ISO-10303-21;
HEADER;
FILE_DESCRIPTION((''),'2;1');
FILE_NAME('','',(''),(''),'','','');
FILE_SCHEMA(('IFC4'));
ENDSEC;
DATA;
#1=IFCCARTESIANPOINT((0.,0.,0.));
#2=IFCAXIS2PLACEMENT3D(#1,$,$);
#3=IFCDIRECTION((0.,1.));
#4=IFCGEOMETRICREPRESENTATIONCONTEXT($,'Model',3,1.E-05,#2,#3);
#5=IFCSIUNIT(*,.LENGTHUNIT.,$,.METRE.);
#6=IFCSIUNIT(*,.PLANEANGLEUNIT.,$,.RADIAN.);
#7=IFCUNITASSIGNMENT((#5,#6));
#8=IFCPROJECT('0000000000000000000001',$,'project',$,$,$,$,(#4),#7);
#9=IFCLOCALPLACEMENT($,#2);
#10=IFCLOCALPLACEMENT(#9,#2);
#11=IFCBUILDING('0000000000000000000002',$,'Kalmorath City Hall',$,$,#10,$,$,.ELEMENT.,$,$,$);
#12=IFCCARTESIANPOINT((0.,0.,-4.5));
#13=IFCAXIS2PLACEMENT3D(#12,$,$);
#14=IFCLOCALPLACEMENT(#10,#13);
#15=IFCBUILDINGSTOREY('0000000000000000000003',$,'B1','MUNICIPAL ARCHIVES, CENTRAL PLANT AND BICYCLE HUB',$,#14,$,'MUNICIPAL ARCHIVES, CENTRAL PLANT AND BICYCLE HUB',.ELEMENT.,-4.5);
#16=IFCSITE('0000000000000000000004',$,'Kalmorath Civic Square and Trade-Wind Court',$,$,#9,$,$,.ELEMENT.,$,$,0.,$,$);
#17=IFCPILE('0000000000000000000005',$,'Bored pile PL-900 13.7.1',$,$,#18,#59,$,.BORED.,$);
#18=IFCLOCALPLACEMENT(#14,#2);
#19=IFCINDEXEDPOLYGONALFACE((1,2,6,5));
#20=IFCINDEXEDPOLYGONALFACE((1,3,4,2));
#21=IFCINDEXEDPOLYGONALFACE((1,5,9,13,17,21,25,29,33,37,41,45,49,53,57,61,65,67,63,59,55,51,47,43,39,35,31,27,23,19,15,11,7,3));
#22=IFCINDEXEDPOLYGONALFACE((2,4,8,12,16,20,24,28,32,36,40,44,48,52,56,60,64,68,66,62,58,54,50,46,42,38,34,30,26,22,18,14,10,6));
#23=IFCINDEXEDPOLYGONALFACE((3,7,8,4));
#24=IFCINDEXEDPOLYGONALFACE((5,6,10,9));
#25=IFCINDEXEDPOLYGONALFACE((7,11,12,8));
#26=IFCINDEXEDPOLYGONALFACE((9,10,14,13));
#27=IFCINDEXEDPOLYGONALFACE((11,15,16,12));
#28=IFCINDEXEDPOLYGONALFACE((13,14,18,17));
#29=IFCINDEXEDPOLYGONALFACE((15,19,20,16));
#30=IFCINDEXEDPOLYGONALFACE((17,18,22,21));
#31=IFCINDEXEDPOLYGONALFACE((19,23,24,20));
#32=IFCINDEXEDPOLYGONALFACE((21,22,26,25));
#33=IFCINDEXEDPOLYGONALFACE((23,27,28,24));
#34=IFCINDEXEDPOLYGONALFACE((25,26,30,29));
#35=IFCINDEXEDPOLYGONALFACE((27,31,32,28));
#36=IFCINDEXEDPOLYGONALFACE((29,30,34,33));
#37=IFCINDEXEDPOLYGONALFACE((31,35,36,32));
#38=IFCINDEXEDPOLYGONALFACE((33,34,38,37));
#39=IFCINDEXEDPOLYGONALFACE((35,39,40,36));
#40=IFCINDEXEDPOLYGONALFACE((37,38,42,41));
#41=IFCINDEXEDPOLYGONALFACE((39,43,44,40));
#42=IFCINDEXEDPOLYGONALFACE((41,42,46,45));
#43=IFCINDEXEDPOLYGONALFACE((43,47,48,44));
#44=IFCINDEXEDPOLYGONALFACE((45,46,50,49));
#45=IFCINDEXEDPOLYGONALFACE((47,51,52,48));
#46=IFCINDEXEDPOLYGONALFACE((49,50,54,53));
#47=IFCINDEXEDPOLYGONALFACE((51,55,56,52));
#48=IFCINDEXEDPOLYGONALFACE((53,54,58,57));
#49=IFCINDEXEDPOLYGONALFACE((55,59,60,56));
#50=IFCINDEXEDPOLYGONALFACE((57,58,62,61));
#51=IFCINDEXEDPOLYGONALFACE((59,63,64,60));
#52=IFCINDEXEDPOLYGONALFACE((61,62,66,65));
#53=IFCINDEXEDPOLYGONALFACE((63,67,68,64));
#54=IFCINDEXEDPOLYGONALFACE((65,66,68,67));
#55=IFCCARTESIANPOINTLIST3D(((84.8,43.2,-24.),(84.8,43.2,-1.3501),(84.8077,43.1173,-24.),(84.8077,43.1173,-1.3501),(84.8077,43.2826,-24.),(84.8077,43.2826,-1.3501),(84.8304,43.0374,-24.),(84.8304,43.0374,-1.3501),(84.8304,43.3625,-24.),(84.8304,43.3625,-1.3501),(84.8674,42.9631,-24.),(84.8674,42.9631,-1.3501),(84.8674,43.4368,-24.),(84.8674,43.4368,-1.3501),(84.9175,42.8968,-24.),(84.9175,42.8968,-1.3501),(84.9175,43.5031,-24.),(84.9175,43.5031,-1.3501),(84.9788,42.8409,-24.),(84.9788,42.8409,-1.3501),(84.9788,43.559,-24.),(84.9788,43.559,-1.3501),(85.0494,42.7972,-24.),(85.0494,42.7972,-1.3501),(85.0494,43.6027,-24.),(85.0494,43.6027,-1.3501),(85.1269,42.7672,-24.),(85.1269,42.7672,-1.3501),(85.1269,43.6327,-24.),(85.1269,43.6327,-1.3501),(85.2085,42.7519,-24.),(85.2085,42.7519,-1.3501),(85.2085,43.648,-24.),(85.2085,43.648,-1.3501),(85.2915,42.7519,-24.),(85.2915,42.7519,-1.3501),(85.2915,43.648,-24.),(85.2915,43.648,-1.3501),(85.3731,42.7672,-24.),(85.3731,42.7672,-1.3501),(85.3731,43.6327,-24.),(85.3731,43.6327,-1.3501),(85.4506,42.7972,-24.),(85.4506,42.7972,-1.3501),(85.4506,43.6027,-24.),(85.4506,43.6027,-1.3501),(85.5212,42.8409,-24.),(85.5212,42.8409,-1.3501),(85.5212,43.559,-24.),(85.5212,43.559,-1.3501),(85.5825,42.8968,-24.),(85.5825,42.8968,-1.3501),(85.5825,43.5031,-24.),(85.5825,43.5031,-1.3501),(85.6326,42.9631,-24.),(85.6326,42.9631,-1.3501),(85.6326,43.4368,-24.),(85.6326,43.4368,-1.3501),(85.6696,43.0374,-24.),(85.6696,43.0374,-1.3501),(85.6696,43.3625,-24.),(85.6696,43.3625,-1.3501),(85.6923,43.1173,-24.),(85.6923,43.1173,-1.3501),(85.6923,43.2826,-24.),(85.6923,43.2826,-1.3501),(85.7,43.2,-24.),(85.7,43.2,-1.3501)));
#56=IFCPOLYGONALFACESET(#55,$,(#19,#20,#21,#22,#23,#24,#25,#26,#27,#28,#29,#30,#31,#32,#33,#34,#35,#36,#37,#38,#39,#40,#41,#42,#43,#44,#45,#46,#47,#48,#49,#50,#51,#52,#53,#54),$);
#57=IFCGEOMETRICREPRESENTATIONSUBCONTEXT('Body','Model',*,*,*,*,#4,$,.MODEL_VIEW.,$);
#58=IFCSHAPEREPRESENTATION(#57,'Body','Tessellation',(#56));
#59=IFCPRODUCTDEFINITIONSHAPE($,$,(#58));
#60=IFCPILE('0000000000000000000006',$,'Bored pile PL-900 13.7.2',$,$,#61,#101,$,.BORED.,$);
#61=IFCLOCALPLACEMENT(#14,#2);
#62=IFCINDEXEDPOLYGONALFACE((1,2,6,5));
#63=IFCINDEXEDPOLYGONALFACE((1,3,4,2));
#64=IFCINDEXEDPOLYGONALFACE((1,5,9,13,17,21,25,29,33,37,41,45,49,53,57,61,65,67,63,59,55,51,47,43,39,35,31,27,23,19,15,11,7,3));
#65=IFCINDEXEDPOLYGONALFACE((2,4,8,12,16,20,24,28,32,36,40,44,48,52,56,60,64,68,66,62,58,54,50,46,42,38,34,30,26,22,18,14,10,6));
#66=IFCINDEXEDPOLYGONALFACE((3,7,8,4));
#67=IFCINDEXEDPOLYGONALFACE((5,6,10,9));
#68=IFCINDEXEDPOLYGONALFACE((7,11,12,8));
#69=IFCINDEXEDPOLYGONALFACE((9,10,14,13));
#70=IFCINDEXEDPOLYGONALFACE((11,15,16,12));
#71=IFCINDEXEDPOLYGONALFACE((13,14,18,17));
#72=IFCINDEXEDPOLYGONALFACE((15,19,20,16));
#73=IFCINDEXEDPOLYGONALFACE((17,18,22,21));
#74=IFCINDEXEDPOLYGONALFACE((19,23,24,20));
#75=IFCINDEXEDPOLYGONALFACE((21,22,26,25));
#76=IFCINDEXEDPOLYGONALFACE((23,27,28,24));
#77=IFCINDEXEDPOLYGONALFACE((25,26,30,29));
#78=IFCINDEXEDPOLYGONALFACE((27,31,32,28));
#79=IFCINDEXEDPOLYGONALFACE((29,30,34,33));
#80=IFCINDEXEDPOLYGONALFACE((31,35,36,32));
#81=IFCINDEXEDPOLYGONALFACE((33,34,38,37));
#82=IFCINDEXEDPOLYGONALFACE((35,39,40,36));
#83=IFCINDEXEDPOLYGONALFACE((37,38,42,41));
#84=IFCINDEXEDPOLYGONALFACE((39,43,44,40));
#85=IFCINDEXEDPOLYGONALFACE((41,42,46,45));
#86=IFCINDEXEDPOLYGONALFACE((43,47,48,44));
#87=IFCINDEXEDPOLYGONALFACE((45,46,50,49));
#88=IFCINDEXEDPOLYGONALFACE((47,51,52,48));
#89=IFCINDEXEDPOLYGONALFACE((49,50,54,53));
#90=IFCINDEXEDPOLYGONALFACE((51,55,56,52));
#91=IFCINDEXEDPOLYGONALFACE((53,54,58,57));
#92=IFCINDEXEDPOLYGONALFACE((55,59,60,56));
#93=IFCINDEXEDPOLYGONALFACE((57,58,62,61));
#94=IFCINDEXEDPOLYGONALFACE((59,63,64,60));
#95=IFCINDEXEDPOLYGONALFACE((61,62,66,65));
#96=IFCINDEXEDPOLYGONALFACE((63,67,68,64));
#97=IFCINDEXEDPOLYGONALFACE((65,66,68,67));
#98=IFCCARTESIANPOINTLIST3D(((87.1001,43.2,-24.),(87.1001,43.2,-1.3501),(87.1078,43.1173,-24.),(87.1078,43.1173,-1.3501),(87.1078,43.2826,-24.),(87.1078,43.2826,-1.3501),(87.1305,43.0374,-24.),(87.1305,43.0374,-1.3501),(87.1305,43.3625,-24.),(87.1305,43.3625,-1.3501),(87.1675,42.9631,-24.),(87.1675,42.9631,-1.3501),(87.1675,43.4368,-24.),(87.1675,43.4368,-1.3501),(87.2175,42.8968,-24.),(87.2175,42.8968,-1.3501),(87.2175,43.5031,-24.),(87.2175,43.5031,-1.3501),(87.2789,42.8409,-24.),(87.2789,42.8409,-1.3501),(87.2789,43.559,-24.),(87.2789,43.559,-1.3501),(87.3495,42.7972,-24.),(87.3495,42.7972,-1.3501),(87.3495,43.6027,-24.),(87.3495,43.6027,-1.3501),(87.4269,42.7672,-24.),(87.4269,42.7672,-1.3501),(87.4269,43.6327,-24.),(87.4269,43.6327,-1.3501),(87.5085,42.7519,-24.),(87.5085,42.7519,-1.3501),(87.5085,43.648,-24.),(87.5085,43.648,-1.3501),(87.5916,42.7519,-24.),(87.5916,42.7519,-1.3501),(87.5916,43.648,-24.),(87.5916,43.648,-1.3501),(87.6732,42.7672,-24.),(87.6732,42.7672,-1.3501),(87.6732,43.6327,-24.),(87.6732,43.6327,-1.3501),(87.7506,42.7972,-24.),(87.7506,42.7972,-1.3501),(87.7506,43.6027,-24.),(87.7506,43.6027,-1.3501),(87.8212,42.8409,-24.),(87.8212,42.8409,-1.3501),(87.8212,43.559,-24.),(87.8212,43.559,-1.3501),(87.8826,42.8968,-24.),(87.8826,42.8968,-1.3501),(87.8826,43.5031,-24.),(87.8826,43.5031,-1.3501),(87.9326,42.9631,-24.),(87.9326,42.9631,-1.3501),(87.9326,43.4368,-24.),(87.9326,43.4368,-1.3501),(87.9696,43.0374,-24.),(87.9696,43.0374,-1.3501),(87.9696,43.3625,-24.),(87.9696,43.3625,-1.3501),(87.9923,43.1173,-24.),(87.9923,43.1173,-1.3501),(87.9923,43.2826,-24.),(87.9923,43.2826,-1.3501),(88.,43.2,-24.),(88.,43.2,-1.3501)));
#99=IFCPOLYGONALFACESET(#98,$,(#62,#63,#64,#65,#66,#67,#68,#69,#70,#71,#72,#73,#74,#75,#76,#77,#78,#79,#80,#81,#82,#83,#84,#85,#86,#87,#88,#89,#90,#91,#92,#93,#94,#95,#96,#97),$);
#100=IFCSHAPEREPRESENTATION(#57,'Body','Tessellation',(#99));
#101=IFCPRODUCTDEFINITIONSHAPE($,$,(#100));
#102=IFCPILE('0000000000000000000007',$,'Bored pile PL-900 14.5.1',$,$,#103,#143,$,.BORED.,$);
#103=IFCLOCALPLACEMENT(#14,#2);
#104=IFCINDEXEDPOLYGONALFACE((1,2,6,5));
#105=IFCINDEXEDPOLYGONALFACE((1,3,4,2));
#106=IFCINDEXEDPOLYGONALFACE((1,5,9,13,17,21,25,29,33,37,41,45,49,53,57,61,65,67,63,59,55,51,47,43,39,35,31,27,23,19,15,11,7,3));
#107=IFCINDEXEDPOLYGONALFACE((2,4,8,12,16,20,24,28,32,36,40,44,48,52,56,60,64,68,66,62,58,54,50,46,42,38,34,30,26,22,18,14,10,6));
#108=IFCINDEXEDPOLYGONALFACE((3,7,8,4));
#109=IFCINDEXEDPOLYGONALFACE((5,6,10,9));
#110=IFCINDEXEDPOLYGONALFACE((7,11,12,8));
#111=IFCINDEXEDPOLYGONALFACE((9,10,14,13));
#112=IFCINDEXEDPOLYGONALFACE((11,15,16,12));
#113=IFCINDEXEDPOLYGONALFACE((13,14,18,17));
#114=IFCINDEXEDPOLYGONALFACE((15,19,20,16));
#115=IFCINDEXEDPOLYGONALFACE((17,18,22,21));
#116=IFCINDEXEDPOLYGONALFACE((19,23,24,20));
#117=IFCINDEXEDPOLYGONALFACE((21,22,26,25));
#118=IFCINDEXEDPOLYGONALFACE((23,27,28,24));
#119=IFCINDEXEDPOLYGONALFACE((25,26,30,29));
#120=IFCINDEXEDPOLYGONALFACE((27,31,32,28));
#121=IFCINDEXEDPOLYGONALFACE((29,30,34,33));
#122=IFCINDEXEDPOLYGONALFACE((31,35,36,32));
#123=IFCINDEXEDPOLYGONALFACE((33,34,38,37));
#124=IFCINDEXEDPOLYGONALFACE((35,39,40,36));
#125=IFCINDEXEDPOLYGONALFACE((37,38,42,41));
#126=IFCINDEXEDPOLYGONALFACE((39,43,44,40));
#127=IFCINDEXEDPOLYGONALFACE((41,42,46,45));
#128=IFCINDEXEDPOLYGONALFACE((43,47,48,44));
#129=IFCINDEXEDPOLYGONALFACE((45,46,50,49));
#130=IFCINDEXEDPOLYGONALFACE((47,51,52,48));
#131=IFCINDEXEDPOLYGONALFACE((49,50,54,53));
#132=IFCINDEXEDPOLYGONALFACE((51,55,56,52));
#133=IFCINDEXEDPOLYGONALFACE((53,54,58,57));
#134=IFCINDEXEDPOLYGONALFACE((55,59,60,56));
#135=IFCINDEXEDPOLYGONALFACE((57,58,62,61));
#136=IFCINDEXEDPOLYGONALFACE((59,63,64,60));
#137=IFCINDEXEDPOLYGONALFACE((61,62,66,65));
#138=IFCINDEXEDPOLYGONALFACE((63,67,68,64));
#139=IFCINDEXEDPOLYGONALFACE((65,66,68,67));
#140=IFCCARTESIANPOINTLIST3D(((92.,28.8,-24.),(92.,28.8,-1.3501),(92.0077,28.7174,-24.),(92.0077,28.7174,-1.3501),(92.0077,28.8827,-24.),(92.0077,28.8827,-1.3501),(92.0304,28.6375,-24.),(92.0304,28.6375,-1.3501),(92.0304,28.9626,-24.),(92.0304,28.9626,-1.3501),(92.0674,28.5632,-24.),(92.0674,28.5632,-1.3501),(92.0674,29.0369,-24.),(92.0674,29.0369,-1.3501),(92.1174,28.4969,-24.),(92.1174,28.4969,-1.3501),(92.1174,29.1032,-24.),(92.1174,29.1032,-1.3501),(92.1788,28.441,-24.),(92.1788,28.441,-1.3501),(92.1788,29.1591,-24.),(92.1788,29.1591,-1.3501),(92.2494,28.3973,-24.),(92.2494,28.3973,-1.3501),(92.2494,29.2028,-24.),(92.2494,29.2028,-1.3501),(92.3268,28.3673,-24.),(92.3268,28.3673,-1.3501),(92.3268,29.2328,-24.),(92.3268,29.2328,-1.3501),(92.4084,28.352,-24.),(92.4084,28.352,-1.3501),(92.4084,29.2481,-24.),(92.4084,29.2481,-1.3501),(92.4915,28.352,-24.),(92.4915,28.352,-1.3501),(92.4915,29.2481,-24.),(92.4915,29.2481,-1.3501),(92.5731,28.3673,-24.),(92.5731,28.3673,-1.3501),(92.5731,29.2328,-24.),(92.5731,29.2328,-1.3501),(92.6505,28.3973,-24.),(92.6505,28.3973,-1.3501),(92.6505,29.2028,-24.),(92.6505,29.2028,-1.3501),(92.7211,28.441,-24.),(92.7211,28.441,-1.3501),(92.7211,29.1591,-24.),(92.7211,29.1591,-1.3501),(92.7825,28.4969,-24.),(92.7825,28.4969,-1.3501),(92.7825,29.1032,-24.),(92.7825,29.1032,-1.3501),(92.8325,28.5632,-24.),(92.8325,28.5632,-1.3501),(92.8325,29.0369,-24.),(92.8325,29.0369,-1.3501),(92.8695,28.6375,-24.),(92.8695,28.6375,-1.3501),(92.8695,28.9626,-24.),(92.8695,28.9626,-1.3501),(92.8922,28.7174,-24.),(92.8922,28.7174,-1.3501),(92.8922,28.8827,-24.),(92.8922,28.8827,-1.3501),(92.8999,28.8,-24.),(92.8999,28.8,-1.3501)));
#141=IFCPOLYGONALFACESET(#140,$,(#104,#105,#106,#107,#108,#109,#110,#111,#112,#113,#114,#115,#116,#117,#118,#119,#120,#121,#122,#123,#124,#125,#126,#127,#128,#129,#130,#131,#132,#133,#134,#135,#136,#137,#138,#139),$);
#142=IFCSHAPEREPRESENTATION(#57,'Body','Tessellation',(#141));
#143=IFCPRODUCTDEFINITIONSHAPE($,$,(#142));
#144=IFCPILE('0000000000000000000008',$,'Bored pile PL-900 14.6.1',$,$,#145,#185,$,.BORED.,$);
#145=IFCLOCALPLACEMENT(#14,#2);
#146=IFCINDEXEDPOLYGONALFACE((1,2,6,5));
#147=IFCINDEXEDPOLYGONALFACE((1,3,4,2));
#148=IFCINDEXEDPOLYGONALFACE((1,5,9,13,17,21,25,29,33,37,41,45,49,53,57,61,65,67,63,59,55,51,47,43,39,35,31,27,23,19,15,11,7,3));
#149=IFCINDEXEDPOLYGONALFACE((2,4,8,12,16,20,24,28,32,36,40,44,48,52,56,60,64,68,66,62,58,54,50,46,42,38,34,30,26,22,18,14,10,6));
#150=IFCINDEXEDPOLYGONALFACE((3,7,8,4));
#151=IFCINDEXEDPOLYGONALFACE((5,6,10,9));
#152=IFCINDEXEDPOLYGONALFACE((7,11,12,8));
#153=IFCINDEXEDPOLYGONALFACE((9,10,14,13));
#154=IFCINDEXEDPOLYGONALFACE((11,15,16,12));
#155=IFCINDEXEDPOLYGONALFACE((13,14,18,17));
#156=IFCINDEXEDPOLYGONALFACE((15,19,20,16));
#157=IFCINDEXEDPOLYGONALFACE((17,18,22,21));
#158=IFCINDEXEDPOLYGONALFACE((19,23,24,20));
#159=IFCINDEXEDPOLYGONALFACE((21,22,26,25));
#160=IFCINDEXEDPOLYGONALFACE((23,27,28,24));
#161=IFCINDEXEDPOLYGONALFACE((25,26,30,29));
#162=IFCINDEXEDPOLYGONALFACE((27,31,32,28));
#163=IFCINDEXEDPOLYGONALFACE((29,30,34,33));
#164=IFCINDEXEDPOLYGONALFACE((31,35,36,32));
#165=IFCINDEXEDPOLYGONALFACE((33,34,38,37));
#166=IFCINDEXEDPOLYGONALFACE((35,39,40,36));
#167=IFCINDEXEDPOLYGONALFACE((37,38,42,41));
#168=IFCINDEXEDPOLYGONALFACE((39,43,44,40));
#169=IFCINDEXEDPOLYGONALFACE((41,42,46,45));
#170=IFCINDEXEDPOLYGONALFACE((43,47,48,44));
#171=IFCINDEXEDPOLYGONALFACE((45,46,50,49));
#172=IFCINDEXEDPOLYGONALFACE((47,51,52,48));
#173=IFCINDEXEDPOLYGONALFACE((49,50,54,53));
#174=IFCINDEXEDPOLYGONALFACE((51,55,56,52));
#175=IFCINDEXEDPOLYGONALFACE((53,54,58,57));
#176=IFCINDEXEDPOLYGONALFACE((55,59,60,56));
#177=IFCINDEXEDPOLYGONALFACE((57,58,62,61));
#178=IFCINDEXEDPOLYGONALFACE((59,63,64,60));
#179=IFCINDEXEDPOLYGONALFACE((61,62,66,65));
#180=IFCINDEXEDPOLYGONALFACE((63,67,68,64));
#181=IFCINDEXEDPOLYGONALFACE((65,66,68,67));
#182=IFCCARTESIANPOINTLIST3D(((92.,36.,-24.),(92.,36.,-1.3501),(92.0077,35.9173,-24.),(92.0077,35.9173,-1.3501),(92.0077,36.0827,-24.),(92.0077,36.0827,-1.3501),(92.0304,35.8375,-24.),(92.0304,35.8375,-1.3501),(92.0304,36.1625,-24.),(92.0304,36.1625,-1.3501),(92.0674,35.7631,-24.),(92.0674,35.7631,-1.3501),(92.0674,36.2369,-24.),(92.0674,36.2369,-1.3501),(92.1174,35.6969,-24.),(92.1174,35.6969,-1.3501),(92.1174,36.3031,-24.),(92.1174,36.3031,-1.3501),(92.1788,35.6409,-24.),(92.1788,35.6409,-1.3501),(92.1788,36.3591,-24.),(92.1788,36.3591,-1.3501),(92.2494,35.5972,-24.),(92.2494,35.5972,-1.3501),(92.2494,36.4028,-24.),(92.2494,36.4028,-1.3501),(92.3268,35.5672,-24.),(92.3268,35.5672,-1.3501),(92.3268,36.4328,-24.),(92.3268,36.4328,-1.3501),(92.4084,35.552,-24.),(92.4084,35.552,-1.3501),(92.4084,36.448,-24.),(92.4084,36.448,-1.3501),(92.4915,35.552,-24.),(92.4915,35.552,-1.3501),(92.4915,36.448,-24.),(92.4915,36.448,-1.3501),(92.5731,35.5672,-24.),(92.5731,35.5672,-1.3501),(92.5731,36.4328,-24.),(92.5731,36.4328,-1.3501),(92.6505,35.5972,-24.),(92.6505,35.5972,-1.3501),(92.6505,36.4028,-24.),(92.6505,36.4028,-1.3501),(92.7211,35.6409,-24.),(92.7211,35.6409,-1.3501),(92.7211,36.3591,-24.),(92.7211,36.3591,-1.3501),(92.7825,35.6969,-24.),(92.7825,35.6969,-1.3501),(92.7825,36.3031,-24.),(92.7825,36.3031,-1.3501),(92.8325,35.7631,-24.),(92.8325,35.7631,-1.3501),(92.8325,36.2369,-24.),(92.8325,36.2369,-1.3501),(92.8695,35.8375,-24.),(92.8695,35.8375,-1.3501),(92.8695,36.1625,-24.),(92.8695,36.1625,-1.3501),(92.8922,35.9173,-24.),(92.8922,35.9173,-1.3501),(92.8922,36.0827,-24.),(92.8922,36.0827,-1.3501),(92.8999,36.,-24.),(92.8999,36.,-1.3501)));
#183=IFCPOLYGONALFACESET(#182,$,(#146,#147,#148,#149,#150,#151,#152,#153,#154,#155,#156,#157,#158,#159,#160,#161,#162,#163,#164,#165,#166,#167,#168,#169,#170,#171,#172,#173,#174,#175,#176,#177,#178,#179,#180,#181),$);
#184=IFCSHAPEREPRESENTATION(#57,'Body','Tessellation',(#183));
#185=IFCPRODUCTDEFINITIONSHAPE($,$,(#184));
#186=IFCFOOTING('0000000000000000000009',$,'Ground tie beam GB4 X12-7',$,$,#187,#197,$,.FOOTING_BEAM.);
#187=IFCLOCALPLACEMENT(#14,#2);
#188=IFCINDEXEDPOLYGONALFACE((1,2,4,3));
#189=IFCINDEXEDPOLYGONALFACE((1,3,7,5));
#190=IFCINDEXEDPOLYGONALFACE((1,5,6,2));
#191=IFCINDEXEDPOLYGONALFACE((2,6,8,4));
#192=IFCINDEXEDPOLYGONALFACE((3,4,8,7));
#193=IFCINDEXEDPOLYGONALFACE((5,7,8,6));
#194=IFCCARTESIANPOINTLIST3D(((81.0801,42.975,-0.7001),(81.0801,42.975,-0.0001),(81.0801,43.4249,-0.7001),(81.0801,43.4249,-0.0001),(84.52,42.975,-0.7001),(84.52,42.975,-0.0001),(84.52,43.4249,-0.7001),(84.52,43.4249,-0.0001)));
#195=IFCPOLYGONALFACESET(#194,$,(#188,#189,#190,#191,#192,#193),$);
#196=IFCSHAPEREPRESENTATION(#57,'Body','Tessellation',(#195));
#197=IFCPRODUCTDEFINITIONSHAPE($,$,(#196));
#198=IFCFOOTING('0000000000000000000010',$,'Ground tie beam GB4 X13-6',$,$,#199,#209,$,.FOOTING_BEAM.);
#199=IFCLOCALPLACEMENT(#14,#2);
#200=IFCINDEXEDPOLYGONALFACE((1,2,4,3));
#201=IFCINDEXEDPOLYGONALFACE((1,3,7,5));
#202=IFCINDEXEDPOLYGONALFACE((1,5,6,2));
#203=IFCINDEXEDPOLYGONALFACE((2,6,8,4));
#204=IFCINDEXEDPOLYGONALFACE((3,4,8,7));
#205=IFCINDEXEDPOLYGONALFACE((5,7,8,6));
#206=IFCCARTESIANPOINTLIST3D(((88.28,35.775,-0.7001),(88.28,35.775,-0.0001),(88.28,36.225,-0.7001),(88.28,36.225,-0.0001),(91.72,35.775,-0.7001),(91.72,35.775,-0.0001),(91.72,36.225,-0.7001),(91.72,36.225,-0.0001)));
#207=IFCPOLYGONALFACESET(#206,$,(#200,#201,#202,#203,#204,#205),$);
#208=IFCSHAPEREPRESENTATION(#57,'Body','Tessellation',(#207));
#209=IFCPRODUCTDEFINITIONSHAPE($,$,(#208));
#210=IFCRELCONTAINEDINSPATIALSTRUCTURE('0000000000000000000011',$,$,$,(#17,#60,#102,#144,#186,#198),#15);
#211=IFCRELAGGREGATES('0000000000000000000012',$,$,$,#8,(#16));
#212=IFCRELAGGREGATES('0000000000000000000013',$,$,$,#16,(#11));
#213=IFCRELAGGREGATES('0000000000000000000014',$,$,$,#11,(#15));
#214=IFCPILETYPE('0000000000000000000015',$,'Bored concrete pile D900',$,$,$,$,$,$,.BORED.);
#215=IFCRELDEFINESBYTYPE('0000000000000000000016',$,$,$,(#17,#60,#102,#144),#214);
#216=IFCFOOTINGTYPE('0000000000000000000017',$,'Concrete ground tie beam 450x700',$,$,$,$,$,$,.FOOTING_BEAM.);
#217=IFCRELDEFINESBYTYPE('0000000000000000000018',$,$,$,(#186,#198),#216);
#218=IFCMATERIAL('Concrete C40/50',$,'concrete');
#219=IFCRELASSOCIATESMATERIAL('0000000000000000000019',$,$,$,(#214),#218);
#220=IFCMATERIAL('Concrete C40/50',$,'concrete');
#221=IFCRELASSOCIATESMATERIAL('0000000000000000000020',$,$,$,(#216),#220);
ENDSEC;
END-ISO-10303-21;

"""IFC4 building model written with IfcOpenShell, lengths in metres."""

from ifc_helpers import new_model, si_unit, direction, frame, origin, origin_2d, place, context, subcontext, project, spatial, rectangle, circle, extrude, material, material_profile, profile_set, type_object, element, save


model = new_model("IFC4")

# Units and contexts
model_context = context("Model", 3, precision=1e-05, world=origin(), true_north=direction((0.0, 1.0)))
body_context = subcontext(model_context, "Body", "Model", "MODEL_VIEW")
ifc_project = project(units=[si_unit("LENGTHUNIT", "METRE"), si_unit("PLANEANGLEUNIT", "RADIAN")], contexts=[model_context])

# Site, building, storey
site_placement = place(None, origin())
site = spatial("IfcSite", under=ifc_project, at=site_placement, Name="Kalmorath Civic Square and Trade-Wind Court", CompositionType="ELEMENT", RefElevation=0.0)
building_placement = place(site_placement, origin())
building = spatial("IfcBuilding", under=site, at=building_placement, Name="Kalmorath City Hall", CompositionType="ELEMENT")
storey_placement = place(building_placement, frame((0.0, 0.0, -4.5)))
storey = spatial("IfcBuildingStorey", under=building, at=storey_placement, Name="B1", Description="MUNICIPAL ARCHIVES, CENTRAL PLANT AND BICYCLE HUB", LongName="MUNICIPAL ARCHIVES, CENTRAL PLANT AND BICYCLE HUB", CompositionType="ELEMENT", Elevation=-4.5)

# Piles
ifc_material_1 = material(Name="Concrete C40/50", Category="concrete")
ifc_material_profile_1 = material_profile(ifc_material_1, circle(Radius=0.45, at=origin_2d()), Name="PILE-D900")
ifc_profile_set_1 = profile_set([ifc_material_profile_1], Name="Concrete C40/50")
pile_type = type_object("IfcPileType", Name="Bored concrete pile D900", PredefinedType="BORED", material=ifc_profile_set_1)
for number, where, z_axis, x_axis, name in (
    (1, (85.25, 43.2, -1.3501), (0.0, 0.0, -1.0), (1.0, 0.0, 0.0), "Bored pile PL-900 13.7.1"),
    (2, (87.55, 43.2, -1.3501), (0.0, 0.0, -1.0), (1.0, 0.0, 0.0), "Bored pile PL-900 13.7.2"),
    (3, (92.45, 28.8, -1.3501), (0.0, 0.0, -1.0), (1.0, 0.0, 0.0), "Bored pile PL-900 14.5.1"),
    (4, (92.45, 36.0, -1.3501), (0.0, 0.0, -1.0), (1.0, 0.0, 0.0), "Bored pile PL-900 14.6.1"),
):
    element("IfcPile", number, at=place(storey_placement, frame(where, z_axis=z_axis, x_axis=x_axis)), inside=storey, type_object=pile_type, Name=name, PredefinedType="BORED", context=body_context, shape_type="SweptSolid", body=[
        extrude(circle(Radius=0.45, at=origin_2d()), origin(), (0.0, 0.0, 1.0), 22.6499),
    ])

# Footings
ifc_material_2 = material(Name="Concrete C40/50", Category="concrete")
ifc_material_profile_2 = material_profile(ifc_material_2, rectangle(XDim=0.45, YDim=0.7, at=origin_2d()), Name="RC-BM-450X700")
ifc_profile_set_2 = profile_set([ifc_material_profile_2], Name="Concrete C40/50")
footing_type_1 = type_object("IfcFootingType", Name="Concrete ground tie beam 450x700", PredefinedType="FOOTING_BEAM", material=ifc_profile_set_2)
for number, where, z_axis, x_axis, name in (
    (5, (81.0801, 43.2, -0.3501), (1.0, 0.0, 0.0), (0.0, 1.0, 0.0), "Ground tie beam GB4 X12-7"),
    (6, (88.28, 36.0, -0.3501), (1.0, 0.0, 0.0), (0.0, 1.0, 0.0), "Ground tie beam GB4 X13-6"),
):
    element("IfcFooting", number, at=place(storey_placement, frame(where, z_axis=z_axis, x_axis=x_axis)), inside=storey, type_object=footing_type_1, Name=name, PredefinedType="FOOTING_BEAM", context=body_context, shape_type="SweptSolid", body=[
        extrude(rectangle(XDim=0.45, YDim=0.7, at=origin_2d()), origin(), (0.0, 0.0, 1.0), 3.4399),
    ])

save(model, "model.ifc")
